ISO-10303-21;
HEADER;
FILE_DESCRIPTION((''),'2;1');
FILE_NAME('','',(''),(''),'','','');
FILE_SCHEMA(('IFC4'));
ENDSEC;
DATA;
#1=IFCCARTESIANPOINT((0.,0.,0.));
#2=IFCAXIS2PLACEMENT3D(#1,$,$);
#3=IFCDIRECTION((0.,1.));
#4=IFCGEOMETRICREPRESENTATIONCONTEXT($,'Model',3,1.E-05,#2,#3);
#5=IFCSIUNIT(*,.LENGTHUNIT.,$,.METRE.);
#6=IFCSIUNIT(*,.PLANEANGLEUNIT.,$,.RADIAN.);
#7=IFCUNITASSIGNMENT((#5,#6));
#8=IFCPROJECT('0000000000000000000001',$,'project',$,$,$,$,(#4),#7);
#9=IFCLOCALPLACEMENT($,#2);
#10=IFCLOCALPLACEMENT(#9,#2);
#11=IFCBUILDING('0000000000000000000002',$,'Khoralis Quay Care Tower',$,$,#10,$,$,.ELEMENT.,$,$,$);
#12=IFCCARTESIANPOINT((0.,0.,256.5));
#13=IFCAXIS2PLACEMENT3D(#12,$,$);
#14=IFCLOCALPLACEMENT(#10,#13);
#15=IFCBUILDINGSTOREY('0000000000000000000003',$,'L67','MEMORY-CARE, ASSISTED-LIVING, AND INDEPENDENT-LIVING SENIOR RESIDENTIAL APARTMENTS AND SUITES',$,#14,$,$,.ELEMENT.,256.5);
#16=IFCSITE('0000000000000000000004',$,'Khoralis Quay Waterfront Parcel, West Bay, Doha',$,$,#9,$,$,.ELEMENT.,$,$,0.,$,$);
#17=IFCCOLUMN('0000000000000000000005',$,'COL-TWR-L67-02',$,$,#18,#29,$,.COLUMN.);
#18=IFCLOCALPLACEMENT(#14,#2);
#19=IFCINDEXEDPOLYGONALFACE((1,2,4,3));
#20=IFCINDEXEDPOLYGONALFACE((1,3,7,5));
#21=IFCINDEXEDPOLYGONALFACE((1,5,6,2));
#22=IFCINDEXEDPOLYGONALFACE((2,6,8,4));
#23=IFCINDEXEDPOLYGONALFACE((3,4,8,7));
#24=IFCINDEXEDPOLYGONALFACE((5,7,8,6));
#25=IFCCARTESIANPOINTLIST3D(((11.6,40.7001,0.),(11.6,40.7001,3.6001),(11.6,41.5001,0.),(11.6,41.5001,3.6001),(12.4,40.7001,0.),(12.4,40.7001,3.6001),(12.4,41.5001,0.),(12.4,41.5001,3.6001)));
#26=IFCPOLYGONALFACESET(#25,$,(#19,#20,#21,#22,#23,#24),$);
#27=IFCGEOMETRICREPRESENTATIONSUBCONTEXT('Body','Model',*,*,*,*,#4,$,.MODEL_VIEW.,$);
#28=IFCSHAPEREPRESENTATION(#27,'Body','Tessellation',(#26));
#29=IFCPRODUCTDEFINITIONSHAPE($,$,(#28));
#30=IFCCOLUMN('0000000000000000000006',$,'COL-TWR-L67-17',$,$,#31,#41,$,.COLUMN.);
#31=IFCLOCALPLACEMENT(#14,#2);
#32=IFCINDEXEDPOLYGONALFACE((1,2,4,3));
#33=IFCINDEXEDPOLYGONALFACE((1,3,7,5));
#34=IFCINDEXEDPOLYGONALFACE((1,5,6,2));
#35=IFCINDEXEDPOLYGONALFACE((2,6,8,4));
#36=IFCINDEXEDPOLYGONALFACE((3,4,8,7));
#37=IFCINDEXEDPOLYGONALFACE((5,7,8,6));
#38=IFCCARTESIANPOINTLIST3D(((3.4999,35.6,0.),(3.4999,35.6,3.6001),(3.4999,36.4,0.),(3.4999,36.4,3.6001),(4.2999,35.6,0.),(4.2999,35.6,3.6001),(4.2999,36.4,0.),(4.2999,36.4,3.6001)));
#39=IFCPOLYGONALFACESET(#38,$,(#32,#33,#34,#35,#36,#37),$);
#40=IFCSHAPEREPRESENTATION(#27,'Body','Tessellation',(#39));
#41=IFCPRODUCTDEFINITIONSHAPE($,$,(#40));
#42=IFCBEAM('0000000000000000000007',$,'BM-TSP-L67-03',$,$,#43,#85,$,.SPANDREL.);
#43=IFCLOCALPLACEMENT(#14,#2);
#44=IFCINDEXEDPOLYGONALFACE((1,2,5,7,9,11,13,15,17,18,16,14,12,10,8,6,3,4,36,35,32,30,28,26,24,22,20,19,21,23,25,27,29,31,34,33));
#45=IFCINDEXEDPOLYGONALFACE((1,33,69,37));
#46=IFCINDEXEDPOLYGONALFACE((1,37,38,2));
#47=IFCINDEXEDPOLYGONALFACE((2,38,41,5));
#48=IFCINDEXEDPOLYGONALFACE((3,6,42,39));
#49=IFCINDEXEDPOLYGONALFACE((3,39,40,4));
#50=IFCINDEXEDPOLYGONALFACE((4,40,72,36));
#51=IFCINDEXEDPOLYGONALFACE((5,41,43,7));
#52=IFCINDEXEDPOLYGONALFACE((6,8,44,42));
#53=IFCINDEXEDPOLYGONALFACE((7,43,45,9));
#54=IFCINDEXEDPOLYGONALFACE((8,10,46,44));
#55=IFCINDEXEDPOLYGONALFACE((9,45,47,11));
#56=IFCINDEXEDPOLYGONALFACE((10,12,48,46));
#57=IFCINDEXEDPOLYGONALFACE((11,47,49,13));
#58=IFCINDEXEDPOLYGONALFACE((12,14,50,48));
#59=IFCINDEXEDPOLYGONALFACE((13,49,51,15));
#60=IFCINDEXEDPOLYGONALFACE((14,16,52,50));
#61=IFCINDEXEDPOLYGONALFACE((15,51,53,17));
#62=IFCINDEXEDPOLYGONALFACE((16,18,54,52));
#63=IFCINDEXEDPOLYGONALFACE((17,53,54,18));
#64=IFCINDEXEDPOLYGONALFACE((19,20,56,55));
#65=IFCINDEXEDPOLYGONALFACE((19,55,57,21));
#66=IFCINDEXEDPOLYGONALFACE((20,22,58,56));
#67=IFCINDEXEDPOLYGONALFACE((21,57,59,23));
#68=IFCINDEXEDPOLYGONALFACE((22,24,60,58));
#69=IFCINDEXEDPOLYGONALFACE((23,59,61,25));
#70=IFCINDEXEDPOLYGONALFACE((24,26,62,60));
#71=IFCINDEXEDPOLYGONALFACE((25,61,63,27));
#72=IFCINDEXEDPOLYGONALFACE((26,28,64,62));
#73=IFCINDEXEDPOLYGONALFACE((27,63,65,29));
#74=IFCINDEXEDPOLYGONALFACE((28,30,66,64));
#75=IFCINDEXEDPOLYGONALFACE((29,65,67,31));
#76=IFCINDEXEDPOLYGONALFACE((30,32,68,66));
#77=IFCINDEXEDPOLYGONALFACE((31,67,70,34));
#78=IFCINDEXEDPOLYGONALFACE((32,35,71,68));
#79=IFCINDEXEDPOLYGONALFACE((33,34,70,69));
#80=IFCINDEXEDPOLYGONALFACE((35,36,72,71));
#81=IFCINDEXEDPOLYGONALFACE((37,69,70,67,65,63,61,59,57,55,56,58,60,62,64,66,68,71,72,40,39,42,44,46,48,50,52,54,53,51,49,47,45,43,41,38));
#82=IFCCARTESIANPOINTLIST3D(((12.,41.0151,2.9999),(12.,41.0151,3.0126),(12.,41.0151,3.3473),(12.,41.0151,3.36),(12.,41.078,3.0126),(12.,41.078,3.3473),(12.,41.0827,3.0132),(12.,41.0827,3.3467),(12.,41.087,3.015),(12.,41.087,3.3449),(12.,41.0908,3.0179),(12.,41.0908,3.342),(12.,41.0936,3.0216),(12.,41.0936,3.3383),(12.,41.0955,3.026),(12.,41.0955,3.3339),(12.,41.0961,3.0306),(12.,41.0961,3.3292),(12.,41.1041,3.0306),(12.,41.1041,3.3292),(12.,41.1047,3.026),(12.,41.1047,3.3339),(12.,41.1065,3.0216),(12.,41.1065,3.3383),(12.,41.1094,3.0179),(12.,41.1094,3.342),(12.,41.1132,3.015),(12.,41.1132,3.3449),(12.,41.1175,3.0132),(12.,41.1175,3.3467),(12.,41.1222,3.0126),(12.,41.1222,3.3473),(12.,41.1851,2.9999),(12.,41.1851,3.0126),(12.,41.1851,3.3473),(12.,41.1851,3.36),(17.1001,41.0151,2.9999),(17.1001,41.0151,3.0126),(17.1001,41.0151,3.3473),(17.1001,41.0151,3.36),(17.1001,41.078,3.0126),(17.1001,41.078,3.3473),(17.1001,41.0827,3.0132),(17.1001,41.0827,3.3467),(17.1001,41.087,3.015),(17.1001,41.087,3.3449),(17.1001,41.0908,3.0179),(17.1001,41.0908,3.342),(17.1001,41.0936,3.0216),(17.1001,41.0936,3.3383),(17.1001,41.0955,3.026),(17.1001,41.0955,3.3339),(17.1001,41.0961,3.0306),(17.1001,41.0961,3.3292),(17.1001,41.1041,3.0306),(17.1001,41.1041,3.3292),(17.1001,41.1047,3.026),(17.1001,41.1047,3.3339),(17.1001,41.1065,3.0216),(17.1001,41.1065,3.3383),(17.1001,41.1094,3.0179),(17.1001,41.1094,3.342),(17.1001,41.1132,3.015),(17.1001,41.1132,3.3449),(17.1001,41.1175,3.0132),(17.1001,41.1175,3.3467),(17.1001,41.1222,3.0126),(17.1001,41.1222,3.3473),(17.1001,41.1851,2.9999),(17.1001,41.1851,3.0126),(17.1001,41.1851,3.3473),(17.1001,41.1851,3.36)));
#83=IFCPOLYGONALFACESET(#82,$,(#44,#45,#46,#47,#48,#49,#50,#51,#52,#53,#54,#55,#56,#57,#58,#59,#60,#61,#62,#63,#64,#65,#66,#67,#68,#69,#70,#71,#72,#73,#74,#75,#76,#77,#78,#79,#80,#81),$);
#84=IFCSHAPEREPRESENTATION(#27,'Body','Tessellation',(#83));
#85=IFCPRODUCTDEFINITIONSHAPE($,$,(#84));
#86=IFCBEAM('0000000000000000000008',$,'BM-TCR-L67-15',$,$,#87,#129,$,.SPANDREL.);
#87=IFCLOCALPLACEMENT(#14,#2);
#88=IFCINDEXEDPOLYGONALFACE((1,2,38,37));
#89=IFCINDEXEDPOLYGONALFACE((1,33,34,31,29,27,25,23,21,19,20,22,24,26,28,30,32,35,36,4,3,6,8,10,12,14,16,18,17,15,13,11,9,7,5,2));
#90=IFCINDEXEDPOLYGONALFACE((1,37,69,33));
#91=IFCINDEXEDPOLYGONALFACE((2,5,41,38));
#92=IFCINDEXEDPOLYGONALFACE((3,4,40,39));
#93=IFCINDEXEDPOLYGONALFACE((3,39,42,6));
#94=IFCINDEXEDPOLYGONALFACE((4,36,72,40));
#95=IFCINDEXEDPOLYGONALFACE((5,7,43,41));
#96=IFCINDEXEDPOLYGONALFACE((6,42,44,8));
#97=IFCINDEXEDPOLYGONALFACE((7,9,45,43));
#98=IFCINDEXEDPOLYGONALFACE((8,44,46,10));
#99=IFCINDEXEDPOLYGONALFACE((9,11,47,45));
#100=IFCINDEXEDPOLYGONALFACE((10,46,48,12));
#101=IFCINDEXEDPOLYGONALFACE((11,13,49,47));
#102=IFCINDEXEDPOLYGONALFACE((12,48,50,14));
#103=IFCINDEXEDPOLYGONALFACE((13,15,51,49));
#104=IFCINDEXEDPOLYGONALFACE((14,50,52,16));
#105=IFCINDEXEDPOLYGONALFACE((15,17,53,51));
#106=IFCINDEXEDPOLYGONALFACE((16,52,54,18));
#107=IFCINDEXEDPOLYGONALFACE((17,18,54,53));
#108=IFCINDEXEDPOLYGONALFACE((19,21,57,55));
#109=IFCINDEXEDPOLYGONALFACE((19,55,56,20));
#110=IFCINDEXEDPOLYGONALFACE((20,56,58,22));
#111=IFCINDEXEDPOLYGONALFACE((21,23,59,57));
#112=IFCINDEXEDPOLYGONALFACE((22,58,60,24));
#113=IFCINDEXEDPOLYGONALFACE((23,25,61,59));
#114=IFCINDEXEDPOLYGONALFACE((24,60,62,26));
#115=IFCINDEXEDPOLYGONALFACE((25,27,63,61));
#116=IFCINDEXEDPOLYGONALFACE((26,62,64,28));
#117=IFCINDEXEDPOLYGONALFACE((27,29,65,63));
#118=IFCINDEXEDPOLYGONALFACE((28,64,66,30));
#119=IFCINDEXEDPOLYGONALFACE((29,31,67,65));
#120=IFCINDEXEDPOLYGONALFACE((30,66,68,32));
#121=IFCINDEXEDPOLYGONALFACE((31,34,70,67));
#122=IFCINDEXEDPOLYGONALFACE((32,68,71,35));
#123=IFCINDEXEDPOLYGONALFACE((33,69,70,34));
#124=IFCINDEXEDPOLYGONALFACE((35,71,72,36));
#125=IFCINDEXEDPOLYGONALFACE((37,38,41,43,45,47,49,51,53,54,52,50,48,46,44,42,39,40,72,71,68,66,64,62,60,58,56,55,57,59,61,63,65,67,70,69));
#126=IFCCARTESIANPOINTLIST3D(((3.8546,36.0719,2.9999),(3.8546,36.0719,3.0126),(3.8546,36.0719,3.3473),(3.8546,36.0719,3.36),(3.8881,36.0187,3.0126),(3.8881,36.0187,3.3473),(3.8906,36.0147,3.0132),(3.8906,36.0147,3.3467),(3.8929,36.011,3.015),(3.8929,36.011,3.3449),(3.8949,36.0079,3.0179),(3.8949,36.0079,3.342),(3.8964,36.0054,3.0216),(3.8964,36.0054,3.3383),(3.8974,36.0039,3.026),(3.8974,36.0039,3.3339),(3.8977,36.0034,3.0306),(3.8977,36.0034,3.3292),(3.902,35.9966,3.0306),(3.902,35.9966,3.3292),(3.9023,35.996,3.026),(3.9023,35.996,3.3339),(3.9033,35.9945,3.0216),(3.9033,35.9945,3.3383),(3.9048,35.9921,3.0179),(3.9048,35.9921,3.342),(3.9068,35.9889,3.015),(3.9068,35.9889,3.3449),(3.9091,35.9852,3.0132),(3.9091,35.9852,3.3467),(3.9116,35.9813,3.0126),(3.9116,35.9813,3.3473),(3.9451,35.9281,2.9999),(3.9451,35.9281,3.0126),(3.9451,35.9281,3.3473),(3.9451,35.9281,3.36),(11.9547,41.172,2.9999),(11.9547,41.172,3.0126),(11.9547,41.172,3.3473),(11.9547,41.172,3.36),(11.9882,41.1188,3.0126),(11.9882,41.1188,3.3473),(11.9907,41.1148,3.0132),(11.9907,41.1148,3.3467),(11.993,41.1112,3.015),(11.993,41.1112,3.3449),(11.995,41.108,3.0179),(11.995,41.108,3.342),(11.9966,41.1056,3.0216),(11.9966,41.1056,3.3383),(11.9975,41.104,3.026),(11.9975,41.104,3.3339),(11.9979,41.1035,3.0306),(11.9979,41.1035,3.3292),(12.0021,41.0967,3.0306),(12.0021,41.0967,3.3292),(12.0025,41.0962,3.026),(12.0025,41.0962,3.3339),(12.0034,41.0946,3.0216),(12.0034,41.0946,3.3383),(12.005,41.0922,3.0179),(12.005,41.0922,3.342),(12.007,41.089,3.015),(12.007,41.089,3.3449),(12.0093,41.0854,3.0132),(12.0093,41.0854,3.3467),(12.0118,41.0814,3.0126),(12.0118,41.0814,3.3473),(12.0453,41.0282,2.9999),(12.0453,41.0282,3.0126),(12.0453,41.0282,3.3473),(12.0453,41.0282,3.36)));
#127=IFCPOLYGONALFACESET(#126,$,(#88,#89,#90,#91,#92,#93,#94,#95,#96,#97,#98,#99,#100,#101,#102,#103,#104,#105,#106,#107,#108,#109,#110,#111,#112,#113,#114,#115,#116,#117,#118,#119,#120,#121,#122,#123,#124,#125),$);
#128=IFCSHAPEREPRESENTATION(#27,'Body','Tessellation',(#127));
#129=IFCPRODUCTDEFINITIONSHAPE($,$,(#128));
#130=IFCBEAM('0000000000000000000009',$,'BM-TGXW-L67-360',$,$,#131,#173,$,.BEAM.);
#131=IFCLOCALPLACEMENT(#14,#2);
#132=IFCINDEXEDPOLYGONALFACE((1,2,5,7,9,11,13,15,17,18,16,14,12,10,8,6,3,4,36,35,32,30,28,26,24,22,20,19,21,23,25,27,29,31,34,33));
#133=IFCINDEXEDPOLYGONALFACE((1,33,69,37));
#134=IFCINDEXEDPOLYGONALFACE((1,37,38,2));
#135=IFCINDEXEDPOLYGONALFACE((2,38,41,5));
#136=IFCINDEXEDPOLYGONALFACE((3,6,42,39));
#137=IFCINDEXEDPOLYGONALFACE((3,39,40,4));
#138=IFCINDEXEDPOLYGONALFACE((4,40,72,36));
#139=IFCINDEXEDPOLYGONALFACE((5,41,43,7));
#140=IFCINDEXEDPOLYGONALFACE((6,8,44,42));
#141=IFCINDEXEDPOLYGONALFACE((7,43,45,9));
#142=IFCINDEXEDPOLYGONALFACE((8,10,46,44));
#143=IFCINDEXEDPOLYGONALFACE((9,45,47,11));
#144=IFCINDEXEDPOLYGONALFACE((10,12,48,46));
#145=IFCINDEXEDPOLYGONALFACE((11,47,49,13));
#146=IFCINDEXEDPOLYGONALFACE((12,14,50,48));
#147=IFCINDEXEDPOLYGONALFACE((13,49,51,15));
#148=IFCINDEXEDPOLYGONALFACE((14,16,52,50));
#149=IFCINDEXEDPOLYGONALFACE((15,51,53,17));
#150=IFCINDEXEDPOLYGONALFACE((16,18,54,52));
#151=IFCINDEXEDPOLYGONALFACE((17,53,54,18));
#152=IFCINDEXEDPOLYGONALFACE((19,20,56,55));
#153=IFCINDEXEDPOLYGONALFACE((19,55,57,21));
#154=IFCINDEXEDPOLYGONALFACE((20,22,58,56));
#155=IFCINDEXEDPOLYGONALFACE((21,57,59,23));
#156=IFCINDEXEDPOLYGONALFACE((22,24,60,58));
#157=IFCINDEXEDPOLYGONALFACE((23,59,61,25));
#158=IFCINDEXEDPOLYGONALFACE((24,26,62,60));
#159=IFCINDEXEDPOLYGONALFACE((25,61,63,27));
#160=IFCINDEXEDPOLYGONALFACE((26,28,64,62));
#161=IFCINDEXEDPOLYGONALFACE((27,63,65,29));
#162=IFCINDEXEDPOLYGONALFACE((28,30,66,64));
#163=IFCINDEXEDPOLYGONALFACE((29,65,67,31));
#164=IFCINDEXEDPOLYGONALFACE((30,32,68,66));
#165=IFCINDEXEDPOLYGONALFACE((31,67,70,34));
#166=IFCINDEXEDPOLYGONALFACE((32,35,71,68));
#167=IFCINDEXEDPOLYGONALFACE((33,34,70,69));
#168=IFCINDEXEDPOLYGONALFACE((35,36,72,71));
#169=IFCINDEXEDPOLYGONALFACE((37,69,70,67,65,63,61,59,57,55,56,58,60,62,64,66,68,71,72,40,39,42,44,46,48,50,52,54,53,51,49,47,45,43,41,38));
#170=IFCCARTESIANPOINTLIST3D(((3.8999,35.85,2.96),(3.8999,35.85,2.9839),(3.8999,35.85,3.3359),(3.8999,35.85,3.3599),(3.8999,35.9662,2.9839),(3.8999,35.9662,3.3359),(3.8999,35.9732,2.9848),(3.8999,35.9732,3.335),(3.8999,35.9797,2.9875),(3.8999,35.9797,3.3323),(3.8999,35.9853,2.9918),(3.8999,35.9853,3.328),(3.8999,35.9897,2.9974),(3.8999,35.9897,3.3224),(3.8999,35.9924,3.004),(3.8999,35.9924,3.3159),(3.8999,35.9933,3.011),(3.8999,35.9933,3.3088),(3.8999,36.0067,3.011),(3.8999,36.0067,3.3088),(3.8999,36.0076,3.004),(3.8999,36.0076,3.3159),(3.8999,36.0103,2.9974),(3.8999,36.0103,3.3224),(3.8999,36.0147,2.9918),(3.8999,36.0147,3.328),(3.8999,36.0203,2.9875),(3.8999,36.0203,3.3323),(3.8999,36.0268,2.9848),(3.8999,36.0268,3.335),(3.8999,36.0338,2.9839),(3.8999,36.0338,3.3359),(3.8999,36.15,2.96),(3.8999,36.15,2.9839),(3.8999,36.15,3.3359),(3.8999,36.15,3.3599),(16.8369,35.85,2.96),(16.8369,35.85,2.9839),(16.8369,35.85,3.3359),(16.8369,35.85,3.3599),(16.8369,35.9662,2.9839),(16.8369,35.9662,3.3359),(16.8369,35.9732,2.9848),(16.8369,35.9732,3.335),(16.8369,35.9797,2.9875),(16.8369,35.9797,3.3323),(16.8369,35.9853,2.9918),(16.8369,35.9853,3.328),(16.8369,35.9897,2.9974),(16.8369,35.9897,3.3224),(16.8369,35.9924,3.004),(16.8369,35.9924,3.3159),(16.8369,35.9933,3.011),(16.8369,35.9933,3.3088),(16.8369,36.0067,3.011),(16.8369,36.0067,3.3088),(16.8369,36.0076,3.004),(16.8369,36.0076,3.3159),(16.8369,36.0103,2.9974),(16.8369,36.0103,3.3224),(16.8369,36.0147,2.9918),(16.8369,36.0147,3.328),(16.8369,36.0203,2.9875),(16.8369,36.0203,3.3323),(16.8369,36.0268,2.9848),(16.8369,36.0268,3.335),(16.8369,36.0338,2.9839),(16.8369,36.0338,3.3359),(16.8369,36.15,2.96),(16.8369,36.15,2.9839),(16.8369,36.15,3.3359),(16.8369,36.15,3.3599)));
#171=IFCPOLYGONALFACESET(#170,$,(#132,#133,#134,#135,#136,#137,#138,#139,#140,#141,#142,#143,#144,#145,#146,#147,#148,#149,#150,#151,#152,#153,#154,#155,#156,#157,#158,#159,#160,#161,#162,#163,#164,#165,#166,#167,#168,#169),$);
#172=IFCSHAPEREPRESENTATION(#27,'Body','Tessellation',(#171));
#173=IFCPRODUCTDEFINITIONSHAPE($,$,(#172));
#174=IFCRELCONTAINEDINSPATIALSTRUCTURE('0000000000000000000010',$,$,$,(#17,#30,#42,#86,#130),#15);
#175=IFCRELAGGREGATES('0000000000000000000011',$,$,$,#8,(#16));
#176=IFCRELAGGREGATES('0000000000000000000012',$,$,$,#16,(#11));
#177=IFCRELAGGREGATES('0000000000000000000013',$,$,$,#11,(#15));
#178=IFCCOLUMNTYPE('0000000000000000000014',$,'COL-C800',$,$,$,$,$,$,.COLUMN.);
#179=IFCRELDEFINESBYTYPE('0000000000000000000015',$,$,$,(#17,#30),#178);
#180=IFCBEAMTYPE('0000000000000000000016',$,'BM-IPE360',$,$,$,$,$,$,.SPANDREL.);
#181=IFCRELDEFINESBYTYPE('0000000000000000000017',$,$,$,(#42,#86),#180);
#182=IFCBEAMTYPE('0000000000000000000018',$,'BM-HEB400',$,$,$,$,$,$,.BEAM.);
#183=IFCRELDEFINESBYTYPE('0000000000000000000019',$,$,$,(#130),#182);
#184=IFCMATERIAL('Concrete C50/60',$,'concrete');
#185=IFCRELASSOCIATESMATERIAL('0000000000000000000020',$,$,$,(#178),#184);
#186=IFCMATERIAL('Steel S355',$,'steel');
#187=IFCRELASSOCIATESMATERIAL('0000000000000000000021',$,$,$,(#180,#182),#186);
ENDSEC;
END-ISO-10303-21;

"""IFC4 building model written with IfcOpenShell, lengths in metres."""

from ifc_helpers import new_model, si_unit, direction, frame, origin, origin_2d, place, context, subcontext, project, spatial, rectangle, i_section, extrude, source, transform, mapped, material, material_profile, profile_set, type_object, element, save


model = new_model("IFC4")

# Units and contexts
model_context = context("Model", 3, precision=1e-05, world=origin(), true_north=direction((0.0, 1.0)))
body_context = subcontext(model_context, "Body", "Model", "MODEL_VIEW")
ifc_project = project(units=[si_unit("LENGTHUNIT", "METRE"), si_unit("PLANEANGLEUNIT", "RADIAN")], contexts=[model_context])

# Site, building, storey
site_placement = place(None, origin())
site = spatial("IfcSite", under=ifc_project, at=site_placement, Name="Khoralis Quay Waterfront Parcel, West Bay, Doha", CompositionType="ELEMENT", RefElevation=0.0)
building_placement = place(site_placement, origin())
building = spatial("IfcBuilding", under=site, at=building_placement, Name="Khoralis Quay Care Tower", CompositionType="ELEMENT")
storey_placement = place(building_placement, frame((0.0, 0.0, 256.5)))
storey = spatial("IfcBuildingStorey", under=building, at=storey_placement, Name="L67", Description="MEMORY-CARE, ASSISTED-LIVING, AND INDEPENDENT-LIVING SENIOR RESIDENTIAL APARTMENTS AND SUITES", CompositionType="ELEMENT", Elevation=256.5)

# Columns
ifc_material_1 = material(Name="Concrete C50/60", Category="concrete")
ifc_material_profile_1 = material_profile(ifc_material_1, rectangle(XDim=0.8, YDim=0.8, at=origin_2d()), Name="Concrete C50/60")
ifc_profile_set_1 = profile_set([ifc_material_profile_1], Name="Concrete C50/60")
column_type = type_object("IfcColumnType", Name="COL-C800", PredefinedType="COLUMN", material=ifc_profile_set_1)
shared_shape_1 = source(origin(), body_context, "Body", "SweptSolid", [
    extrude(rectangle(XDim=0.8, YDim=0.8, at=origin_2d()), origin(), (0.0, 0.0, 1.0), 3.6001),
])
for number, where, z_axis, x_axis, name in (
    (1, (12.0, 41.1001, 0.0), (0.0, 0.0, 1.0), (1.0, 0.0, 0.0), "COL-TWR-L67-02"),
    (2, (3.8999, 36.0, 0.0), (0.0, 0.0, 1.0), (1.0, 0.0, 0.0), "COL-TWR-L67-17"),
):
    element("IfcColumn", number, at=place(storey_placement, frame(where, z_axis=z_axis, x_axis=x_axis)), inside=storey, type_object=column_type, Name=name, PredefinedType="COLUMN", context=body_context, shape_type="MappedRepresentation", body=[
        mapped(shared_shape_1, transform((0.0, 0.0, 0.0), scale=1.0)),
    ])

# Beams
ifc_material_2 = material(Name="Steel S355", Category="steel")
ifc_material_profile_2 = material_profile(ifc_material_2, i_section(OverallWidth=0.1699, OverallDepth=0.3601, WebThickness=0.0081, FlangeThickness=0.0127, FilletRadius=0.0181, at=origin_2d()), Name="Steel S355")
ifc_profile_set_2 = profile_set([ifc_material_profile_2], Name="Steel S355")
beam_type_1 = type_object("IfcBeamType", Name="BM-IPE360", PredefinedType="SPANDREL", material=ifc_profile_set_2)
shared_shape_2 = source(origin(), body_context, "Body", "SweptSolid", [
    extrude(i_section(OverallWidth=0.1699, OverallDepth=0.3601, WebThickness=0.0081, FlangeThickness=0.0127, FilletRadius=0.0181, at=origin_2d()), origin(), (0.0, 0.0, 1.0), 5.1001),
])
beam_1_placement = place(storey_placement, frame((12.0, 41.1001, 3.1799), z_axis=(1.0, 0.0, 0.0), x_axis=(0.0, 1.0, 0.0)))
element("IfcBeam", 3, at=beam_1_placement, inside=storey, type_object=beam_type_1, Name="BM-TSP-L67-03", PredefinedType="SPANDREL", context=body_context, shape_type="MappedRepresentation", body=[
    mapped(shared_shape_2, transform((0.0, 0.0, 0.0), scale=1.0)),
])
shared_shape_3 = source(origin(), body_context, "Body", "SweptSolid", [
    extrude(i_section(OverallWidth=0.1699, OverallDepth=0.3601, WebThickness=0.0081, FlangeThickness=0.0127, FilletRadius=0.0181, at=origin_2d()), origin(), (0.0, 0.0, 1.0), 9.572),
])
beam_2_placement = place(storey_placement, frame((12.0, 41.1001, 3.1799), z_axis=(-0.846231, -0.532816, 0.0), x_axis=(0.532816, -0.846231, 0.0)))
element("IfcBeam", 4, at=beam_2_placement, inside=storey, type_object=beam_type_1, Name="BM-TCR-L67-15", PredefinedType="SPANDREL", context=body_context, shape_type="MappedRepresentation", body=[
    mapped(shared_shape_3, transform((0.0, 0.0, 0.0), scale=1.0)),
])
ifc_material_profile_3 = material_profile(ifc_material_2, i_section(OverallWidth=0.3, OverallDepth=0.3999, WebThickness=0.0134, FlangeThickness=0.0239, FilletRadius=0.0271, at=origin_2d()), Name="Steel S355")
ifc_profile_set_3 = profile_set([ifc_material_profile_3], Name="Steel S355")
beam_type_2 = type_object("IfcBeamType", Name="BM-HEB400", PredefinedType="BEAM", material=ifc_profile_set_3)
shared_shape_4 = source(origin(), body_context, "Body", "SweptSolid", [
    extrude(i_section(OverallWidth=0.3, OverallDepth=0.3999, WebThickness=0.0134, FlangeThickness=0.0239, FilletRadius=0.0271, at=origin_2d()), origin(), (0.0, 0.0, 1.0), 12.937),
])
beam_3_placement = place(storey_placement, frame((3.8999, 36.0, 3.1599), z_axis=(1.0, 0.0, 0.0), x_axis=(0.0, 1.0, 0.0)))
element("IfcBeam", 5, at=beam_3_placement, inside=storey, type_object=beam_type_2, Name="BM-TGXW-L67-360", PredefinedType="BEAM", context=body_context, shape_type="MappedRepresentation", body=[
    mapped(shared_shape_4, transform((0.0, 0.0, 0.0), scale=1.0)),
])

save(model, "model.ifc")
